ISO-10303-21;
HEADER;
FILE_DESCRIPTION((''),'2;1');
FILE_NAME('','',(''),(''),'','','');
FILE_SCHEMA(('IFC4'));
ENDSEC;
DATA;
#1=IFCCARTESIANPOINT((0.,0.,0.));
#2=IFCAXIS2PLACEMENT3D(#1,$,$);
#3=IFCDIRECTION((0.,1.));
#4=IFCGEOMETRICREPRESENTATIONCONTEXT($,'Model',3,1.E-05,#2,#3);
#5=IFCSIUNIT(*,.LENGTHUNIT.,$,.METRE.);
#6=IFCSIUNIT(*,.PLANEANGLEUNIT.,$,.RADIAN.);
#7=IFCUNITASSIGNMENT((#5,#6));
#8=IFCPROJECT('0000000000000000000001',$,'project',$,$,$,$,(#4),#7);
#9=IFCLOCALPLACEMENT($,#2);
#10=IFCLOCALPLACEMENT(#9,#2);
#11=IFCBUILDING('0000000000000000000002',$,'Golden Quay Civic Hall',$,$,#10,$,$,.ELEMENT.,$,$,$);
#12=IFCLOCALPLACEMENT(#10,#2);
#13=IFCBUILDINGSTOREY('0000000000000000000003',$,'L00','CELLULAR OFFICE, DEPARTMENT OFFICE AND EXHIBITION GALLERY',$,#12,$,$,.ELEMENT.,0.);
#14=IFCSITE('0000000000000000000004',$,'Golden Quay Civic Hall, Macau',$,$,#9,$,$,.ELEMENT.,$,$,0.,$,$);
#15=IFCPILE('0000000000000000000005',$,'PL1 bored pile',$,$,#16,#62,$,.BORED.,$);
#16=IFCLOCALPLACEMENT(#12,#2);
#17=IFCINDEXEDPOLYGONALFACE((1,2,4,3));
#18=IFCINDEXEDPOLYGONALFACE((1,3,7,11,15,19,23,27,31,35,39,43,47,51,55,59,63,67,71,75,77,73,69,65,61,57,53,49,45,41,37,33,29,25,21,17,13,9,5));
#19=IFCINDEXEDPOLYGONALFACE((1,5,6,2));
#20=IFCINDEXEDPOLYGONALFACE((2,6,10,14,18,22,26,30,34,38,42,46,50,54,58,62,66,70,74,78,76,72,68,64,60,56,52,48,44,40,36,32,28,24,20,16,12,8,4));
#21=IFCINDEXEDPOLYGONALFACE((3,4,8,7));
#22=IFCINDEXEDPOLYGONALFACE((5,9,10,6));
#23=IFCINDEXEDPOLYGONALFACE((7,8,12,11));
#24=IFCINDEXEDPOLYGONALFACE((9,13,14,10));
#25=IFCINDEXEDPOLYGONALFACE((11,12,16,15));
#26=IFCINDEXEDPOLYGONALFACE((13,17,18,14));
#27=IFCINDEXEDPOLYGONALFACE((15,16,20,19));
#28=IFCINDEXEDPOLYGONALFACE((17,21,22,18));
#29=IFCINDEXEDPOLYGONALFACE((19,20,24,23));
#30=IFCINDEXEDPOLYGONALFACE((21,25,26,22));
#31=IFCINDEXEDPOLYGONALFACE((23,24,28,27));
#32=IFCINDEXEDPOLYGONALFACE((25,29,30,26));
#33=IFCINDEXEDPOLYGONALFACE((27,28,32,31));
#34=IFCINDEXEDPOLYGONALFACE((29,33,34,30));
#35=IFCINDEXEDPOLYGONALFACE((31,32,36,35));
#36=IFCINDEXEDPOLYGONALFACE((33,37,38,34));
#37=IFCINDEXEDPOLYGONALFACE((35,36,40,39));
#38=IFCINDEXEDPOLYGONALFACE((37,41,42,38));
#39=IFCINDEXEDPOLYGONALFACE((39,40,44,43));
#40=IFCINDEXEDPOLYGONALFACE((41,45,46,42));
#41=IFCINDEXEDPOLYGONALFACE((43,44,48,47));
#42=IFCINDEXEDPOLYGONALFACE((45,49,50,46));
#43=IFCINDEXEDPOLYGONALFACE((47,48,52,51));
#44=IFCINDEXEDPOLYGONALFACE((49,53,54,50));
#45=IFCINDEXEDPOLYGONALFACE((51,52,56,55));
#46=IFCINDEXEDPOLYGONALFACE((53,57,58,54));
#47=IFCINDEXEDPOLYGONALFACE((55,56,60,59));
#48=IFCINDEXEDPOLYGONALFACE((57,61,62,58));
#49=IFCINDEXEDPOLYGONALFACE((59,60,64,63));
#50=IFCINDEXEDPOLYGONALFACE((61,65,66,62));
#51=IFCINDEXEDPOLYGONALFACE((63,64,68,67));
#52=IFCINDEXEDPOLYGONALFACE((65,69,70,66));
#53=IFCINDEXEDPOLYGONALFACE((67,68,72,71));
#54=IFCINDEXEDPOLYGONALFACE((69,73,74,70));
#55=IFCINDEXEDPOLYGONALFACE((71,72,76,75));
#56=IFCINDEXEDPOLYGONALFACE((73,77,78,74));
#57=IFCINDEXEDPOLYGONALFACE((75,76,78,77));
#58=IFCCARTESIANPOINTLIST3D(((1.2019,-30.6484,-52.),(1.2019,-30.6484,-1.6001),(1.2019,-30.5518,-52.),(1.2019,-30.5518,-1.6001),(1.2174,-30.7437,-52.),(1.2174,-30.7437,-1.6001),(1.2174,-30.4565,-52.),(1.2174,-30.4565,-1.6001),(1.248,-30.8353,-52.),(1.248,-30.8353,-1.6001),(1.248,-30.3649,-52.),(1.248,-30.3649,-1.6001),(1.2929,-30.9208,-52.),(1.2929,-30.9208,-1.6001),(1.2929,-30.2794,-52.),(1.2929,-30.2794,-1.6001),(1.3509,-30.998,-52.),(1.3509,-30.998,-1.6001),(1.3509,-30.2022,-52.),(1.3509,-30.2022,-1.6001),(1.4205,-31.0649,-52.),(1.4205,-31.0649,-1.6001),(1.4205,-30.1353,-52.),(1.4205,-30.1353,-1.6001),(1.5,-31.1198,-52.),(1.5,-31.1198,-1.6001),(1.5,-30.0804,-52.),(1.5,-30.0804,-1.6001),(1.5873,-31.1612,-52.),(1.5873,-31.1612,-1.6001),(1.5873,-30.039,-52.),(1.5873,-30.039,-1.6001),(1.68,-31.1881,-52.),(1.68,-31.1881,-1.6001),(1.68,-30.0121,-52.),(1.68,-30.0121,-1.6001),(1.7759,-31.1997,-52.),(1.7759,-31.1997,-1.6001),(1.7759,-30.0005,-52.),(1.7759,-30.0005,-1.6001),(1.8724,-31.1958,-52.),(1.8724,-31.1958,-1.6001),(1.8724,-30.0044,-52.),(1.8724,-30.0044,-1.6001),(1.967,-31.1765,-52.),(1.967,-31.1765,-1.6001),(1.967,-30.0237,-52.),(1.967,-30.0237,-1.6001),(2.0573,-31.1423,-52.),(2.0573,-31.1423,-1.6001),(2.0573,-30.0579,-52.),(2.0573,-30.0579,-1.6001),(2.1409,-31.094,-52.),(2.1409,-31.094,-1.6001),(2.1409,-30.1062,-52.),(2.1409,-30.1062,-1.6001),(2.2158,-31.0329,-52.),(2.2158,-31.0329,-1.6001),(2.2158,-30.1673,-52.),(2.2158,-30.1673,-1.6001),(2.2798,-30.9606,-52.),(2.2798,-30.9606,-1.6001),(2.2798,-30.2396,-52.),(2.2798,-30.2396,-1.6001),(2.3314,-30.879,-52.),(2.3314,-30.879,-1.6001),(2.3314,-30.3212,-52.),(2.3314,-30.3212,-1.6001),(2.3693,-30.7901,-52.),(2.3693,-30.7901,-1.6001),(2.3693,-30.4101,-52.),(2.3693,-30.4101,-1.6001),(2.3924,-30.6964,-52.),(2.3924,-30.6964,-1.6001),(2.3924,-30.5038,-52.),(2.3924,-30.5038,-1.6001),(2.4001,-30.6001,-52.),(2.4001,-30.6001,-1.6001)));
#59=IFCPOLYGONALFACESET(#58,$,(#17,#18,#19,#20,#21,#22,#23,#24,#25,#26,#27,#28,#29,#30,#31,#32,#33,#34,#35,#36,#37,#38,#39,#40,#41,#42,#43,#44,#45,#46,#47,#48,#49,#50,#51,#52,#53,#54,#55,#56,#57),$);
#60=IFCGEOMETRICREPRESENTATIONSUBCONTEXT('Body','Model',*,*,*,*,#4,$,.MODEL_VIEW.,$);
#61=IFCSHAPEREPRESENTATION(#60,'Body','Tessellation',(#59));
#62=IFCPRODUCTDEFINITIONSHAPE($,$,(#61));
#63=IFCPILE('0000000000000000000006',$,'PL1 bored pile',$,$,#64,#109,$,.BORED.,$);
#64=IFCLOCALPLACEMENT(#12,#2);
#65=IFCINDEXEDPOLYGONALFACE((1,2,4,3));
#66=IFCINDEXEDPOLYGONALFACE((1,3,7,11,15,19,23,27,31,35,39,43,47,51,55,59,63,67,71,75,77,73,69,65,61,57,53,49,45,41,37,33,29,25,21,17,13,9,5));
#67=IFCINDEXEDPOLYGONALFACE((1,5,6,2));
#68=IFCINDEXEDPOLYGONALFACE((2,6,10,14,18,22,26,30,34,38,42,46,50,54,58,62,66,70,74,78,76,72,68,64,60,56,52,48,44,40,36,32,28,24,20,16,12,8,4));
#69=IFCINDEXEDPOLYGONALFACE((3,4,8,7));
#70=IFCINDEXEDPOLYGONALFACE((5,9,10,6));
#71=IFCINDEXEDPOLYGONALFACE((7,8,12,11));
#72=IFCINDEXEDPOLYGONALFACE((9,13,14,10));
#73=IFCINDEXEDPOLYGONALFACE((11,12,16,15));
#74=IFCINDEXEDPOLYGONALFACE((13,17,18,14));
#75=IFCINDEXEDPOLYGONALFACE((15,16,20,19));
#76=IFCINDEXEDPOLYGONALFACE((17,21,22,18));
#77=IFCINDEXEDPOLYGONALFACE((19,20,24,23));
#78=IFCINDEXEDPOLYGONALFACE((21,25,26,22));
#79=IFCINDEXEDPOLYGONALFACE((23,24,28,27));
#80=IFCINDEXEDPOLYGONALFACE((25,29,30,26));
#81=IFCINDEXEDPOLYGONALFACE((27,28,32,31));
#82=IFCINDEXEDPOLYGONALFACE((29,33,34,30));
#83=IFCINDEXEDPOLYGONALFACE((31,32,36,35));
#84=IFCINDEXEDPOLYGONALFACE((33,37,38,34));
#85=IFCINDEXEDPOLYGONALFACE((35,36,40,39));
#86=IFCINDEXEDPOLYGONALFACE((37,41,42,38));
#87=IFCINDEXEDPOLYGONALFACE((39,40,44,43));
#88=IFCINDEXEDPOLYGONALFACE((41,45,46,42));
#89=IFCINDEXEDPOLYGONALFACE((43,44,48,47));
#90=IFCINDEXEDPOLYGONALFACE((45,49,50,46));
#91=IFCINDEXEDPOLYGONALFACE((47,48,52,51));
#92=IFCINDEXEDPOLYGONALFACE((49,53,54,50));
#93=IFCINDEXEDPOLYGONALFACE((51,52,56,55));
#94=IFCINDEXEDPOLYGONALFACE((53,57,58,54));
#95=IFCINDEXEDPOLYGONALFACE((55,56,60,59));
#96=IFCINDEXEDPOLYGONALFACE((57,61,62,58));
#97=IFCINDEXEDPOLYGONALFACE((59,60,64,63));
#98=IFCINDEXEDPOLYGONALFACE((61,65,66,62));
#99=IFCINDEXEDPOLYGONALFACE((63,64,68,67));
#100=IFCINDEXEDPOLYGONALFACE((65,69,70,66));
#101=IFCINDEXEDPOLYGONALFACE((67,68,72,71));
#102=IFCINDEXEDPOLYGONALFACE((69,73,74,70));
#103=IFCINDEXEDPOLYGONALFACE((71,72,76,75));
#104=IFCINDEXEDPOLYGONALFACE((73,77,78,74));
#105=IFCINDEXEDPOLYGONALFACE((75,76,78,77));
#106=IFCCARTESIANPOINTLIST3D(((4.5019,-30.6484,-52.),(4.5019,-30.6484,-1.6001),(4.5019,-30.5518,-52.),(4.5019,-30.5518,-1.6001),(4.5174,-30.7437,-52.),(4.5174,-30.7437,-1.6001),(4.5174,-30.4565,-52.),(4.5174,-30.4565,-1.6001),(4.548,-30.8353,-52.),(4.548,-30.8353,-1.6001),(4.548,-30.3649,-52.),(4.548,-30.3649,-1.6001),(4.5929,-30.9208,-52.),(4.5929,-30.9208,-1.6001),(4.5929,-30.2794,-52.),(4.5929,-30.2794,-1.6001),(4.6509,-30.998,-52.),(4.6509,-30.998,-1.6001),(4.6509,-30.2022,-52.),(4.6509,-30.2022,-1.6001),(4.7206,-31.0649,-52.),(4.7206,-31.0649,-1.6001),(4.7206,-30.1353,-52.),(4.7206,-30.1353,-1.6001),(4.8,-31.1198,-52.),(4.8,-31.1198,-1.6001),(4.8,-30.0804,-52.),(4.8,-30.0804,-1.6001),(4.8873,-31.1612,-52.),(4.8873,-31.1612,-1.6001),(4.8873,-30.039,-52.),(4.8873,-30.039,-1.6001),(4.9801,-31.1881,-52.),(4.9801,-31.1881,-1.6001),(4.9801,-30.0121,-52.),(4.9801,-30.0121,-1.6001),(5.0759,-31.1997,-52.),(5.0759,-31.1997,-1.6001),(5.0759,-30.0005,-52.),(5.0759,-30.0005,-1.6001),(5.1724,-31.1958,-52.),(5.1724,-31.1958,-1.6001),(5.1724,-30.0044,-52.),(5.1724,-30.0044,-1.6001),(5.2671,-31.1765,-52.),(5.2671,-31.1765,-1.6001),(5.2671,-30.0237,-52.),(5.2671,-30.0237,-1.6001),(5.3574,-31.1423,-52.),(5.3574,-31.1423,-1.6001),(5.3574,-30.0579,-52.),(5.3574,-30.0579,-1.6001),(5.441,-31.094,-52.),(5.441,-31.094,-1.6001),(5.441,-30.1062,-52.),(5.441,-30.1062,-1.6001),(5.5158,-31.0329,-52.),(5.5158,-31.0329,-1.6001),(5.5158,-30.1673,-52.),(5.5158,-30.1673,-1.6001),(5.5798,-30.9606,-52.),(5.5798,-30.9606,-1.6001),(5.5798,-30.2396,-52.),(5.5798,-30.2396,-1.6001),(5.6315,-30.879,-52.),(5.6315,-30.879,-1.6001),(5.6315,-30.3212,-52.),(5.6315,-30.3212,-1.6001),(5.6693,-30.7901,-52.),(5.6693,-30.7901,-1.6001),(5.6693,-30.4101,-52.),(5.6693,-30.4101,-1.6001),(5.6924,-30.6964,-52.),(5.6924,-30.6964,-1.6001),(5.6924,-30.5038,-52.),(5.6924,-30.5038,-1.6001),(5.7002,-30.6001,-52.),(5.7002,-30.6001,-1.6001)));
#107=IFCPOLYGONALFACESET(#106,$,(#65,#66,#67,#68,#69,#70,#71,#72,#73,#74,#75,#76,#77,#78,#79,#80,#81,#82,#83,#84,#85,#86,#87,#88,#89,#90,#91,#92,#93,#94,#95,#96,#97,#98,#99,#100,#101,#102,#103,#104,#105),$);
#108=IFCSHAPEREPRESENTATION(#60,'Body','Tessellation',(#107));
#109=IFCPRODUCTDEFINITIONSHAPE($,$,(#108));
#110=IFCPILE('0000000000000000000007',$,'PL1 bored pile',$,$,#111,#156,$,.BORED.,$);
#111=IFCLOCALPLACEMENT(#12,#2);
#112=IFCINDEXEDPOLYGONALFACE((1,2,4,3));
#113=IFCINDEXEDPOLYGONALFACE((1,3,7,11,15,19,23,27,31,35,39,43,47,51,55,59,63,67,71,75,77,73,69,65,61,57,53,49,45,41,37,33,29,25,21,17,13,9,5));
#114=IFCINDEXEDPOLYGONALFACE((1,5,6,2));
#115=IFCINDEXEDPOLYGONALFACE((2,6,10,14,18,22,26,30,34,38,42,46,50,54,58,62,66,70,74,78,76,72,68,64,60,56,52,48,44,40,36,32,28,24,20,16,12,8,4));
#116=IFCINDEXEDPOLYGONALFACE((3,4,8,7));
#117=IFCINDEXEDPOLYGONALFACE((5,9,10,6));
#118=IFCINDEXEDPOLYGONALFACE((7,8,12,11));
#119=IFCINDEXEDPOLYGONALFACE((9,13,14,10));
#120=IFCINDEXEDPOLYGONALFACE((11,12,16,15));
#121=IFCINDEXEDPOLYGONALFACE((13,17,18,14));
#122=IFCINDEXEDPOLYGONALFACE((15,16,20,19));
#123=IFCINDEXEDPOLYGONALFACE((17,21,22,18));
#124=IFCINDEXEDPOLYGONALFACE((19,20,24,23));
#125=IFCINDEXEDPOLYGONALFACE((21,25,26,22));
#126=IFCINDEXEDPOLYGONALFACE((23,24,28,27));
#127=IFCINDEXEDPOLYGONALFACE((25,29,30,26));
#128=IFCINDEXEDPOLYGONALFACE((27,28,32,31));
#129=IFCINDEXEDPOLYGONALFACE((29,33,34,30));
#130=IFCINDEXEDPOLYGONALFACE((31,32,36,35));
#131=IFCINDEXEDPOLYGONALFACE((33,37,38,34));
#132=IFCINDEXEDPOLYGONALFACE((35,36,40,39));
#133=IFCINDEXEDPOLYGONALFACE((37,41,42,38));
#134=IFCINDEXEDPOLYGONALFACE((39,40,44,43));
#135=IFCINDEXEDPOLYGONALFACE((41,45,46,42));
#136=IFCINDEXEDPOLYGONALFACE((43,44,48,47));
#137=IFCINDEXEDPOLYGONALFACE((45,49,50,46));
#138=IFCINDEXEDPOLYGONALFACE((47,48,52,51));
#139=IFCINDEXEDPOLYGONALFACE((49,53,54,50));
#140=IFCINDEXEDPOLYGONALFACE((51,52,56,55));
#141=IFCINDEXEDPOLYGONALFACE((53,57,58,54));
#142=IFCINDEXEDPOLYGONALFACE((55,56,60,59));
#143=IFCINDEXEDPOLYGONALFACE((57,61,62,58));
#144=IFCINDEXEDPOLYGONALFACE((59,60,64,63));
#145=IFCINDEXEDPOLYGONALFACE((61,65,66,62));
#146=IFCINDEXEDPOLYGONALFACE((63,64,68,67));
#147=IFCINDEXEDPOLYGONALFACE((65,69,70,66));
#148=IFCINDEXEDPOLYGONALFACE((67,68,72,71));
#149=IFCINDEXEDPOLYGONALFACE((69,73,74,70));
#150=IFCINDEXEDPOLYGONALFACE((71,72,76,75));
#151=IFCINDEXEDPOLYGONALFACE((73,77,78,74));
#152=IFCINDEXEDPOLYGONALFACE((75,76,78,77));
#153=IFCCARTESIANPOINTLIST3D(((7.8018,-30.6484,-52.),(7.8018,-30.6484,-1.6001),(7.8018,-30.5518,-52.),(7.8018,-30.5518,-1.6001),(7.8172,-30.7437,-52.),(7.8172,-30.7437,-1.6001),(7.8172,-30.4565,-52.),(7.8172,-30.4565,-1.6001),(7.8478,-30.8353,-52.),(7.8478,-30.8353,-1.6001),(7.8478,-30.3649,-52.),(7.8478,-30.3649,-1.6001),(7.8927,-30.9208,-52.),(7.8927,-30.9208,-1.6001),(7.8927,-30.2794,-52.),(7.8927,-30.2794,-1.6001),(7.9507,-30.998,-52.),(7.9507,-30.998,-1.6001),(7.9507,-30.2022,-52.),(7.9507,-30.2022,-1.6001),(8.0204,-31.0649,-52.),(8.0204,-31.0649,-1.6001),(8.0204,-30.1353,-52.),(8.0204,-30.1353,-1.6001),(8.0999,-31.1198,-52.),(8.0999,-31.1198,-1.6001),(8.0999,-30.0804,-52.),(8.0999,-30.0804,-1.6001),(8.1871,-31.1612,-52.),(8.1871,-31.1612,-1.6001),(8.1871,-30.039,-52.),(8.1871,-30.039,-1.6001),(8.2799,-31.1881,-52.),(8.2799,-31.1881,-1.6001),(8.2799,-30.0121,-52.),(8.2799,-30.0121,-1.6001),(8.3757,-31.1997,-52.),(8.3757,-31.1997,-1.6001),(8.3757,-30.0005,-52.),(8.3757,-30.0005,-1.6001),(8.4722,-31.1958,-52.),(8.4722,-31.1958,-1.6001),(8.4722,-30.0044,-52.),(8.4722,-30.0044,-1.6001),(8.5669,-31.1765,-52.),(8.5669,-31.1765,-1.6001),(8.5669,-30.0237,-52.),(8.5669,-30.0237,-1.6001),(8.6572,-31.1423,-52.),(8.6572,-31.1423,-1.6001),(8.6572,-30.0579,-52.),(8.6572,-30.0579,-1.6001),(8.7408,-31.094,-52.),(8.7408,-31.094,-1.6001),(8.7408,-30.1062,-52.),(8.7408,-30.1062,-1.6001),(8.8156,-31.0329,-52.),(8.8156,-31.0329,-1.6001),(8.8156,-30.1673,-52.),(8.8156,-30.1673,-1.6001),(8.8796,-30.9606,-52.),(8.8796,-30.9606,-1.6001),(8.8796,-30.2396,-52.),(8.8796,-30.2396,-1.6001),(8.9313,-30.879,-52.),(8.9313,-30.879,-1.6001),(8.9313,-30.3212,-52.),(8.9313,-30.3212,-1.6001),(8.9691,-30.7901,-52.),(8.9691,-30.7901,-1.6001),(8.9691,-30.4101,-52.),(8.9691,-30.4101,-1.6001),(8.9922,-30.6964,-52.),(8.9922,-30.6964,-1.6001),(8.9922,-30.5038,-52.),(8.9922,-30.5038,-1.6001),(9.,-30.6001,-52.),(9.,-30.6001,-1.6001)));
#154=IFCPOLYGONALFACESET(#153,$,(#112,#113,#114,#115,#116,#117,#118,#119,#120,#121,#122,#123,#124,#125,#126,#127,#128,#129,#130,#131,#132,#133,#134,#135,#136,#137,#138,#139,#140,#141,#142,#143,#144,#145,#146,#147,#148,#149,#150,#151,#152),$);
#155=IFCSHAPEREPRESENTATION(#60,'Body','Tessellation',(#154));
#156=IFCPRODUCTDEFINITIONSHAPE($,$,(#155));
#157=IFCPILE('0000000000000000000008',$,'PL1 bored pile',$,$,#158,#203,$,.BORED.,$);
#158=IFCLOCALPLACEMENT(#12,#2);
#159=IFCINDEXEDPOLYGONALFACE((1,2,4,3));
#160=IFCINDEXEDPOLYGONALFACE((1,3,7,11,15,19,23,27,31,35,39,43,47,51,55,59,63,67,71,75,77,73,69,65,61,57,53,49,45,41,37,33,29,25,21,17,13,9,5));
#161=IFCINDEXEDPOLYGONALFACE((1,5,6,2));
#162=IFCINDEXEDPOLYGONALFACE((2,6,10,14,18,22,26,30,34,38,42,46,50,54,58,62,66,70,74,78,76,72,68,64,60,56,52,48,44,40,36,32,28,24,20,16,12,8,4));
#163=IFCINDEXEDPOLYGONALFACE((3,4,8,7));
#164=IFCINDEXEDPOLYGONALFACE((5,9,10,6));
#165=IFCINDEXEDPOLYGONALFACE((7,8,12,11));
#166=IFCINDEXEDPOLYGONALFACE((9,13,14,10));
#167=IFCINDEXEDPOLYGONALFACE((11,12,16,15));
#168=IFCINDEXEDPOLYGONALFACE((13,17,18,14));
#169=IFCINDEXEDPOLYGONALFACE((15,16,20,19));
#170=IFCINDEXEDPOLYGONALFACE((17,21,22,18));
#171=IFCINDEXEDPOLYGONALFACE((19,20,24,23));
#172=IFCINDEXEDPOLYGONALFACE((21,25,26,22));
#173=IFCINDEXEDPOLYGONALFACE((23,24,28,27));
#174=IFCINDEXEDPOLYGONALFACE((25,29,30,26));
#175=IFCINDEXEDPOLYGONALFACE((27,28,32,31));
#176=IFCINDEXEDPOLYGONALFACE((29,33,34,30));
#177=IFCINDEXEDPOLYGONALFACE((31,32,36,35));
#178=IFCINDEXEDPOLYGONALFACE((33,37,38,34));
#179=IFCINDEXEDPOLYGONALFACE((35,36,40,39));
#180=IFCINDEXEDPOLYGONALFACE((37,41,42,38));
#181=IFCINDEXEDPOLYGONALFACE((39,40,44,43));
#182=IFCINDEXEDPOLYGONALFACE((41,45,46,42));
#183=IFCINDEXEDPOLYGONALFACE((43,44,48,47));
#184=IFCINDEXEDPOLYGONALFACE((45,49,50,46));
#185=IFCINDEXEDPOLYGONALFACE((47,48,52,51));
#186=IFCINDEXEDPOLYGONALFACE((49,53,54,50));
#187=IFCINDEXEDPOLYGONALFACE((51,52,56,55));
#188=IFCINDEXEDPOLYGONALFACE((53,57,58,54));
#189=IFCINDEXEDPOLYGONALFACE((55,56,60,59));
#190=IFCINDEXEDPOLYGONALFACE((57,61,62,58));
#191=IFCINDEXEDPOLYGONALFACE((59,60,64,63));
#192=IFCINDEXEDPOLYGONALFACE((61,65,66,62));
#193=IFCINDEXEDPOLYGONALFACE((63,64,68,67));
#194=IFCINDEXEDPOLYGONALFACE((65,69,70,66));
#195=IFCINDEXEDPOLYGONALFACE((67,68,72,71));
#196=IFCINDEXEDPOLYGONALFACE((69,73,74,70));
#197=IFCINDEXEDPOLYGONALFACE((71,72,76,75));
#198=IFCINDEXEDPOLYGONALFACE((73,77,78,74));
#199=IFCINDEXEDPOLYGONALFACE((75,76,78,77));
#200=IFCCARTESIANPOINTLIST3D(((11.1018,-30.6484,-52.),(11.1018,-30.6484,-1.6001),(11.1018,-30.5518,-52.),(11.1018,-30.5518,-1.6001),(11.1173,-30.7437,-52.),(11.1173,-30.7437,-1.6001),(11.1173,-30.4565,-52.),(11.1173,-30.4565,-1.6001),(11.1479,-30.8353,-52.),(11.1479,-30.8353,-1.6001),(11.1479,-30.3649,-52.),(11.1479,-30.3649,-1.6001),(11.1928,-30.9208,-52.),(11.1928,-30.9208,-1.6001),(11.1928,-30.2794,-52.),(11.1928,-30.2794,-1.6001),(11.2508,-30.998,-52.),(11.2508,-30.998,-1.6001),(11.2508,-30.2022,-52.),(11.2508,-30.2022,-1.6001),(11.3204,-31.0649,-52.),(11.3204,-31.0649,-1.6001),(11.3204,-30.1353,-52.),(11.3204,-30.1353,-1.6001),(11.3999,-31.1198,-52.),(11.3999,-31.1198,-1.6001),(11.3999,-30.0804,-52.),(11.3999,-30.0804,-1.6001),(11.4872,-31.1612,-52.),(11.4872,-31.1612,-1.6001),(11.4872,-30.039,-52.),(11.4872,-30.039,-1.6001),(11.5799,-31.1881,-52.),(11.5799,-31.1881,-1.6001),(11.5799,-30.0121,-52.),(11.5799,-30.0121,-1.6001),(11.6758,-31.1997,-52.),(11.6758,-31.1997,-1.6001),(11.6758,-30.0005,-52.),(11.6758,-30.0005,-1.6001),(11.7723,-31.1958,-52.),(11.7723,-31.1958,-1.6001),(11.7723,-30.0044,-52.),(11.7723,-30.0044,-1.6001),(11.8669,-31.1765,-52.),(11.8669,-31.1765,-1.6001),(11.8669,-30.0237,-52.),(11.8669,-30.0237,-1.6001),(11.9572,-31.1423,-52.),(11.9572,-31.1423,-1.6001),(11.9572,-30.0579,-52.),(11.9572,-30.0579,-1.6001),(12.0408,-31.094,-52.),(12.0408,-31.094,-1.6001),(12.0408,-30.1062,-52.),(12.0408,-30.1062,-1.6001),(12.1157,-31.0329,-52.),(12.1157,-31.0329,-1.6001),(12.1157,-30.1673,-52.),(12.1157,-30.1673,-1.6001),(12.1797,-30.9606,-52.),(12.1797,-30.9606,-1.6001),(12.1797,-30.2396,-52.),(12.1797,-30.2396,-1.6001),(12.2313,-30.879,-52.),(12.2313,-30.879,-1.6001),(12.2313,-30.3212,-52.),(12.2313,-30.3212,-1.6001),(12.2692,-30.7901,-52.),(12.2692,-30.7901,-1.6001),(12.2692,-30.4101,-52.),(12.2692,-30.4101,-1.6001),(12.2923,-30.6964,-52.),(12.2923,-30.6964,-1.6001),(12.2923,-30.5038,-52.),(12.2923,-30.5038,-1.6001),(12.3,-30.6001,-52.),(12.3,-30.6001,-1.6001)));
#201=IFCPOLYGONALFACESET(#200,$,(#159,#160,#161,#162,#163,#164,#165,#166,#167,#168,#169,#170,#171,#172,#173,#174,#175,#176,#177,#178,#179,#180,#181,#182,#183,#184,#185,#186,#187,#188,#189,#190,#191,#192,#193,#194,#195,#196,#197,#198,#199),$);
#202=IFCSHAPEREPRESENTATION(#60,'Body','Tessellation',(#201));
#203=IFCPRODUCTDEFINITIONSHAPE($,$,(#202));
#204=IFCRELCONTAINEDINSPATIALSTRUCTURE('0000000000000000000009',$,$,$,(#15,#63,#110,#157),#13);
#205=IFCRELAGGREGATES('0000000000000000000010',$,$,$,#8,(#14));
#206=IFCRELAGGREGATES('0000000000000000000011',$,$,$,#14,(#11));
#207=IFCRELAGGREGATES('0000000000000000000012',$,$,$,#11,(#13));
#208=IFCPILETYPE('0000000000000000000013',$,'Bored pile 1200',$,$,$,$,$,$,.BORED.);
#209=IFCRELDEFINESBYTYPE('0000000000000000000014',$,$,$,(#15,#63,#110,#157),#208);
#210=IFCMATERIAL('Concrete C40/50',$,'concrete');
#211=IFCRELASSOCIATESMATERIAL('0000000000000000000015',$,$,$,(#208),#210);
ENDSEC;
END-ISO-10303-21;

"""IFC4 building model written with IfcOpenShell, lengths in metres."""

from ifc_helpers import new_model, si_unit, direction, frame, origin, origin_2d, place, context, subcontext, project, spatial, circle, extrude, material, material_profile, profile_set, type_object, element, save


model = new_model("IFC4")

# Units and contexts
model_context = context("Model", 3, precision=1e-05, world=origin(), true_north=direction((0.0, 1.0)))
body_context = subcontext(model_context, "Body", "Model", "MODEL_VIEW")
ifc_project = project(units=[si_unit("LENGTHUNIT", "METRE"), si_unit("PLANEANGLEUNIT", "RADIAN")], contexts=[model_context])

# Site, building, storey
site_placement = place(None, origin())
site = spatial("IfcSite", under=ifc_project, at=site_placement, Name="Golden Quay Civic Hall, Macau", CompositionType="ELEMENT", RefElevation=0.0)
building_placement = place(site_placement, origin())
building = spatial("IfcBuilding", under=site, at=building_placement, Name="Golden Quay Civic Hall", CompositionType="ELEMENT")
storey_placement = place(building_placement, origin())
storey = spatial("IfcBuildingStorey", under=building, at=storey_placement, Name="L00", Description="CELLULAR OFFICE, DEPARTMENT OFFICE AND EXHIBITION GALLERY", CompositionType="ELEMENT", Elevation=0.0)

# Piles
ifc_material_1 = material(Name="Concrete C40/50", Category="concrete")
ifc_material_profile_1 = material_profile(ifc_material_1, circle(Radius=0.6001, at=origin_2d()), Name="RC D1200")
ifc_profile_set_1 = profile_set([ifc_material_profile_1], Name="Concrete C40/50")
pile_type = type_object("IfcPileType", Name="Bored pile 1200", PredefinedType="BORED", material=ifc_profile_set_1)
for number, where, z_axis, x_axis, name in (
    (1, (1.8, -30.6001, -1.6001), (0.0, 0.0, -1.0), (1.0, 0.0, 0.0), "PL1 bored pile"),
    (2, (5.1001, -30.6001, -1.6001), (0.0, 0.0, -1.0), (1.0, 0.0, 0.0), "PL1 bored pile"),
    (3, (8.3999, -30.6001, -1.6001), (0.0, 0.0, -1.0), (1.0, 0.0, 0.0), "PL1 bored pile"),
    (4, (11.7, -30.6001, -1.6001), (0.0, 0.0, -1.0), (1.0, 0.0, 0.0), "PL1 bored pile"),
):
    element("IfcPile", number, at=place(storey_placement, frame(where, z_axis=z_axis, x_axis=x_axis)), inside=storey, type_object=pile_type, Name=name, PredefinedType="BORED", context=body_context, shape_type="SweptSolid", body=[
        extrude(circle(Radius=0.6001, at=origin_2d()), origin(), (0.0, 0.0, 1.0), 50.3999),
    ])

save(model, "model.ifc")
